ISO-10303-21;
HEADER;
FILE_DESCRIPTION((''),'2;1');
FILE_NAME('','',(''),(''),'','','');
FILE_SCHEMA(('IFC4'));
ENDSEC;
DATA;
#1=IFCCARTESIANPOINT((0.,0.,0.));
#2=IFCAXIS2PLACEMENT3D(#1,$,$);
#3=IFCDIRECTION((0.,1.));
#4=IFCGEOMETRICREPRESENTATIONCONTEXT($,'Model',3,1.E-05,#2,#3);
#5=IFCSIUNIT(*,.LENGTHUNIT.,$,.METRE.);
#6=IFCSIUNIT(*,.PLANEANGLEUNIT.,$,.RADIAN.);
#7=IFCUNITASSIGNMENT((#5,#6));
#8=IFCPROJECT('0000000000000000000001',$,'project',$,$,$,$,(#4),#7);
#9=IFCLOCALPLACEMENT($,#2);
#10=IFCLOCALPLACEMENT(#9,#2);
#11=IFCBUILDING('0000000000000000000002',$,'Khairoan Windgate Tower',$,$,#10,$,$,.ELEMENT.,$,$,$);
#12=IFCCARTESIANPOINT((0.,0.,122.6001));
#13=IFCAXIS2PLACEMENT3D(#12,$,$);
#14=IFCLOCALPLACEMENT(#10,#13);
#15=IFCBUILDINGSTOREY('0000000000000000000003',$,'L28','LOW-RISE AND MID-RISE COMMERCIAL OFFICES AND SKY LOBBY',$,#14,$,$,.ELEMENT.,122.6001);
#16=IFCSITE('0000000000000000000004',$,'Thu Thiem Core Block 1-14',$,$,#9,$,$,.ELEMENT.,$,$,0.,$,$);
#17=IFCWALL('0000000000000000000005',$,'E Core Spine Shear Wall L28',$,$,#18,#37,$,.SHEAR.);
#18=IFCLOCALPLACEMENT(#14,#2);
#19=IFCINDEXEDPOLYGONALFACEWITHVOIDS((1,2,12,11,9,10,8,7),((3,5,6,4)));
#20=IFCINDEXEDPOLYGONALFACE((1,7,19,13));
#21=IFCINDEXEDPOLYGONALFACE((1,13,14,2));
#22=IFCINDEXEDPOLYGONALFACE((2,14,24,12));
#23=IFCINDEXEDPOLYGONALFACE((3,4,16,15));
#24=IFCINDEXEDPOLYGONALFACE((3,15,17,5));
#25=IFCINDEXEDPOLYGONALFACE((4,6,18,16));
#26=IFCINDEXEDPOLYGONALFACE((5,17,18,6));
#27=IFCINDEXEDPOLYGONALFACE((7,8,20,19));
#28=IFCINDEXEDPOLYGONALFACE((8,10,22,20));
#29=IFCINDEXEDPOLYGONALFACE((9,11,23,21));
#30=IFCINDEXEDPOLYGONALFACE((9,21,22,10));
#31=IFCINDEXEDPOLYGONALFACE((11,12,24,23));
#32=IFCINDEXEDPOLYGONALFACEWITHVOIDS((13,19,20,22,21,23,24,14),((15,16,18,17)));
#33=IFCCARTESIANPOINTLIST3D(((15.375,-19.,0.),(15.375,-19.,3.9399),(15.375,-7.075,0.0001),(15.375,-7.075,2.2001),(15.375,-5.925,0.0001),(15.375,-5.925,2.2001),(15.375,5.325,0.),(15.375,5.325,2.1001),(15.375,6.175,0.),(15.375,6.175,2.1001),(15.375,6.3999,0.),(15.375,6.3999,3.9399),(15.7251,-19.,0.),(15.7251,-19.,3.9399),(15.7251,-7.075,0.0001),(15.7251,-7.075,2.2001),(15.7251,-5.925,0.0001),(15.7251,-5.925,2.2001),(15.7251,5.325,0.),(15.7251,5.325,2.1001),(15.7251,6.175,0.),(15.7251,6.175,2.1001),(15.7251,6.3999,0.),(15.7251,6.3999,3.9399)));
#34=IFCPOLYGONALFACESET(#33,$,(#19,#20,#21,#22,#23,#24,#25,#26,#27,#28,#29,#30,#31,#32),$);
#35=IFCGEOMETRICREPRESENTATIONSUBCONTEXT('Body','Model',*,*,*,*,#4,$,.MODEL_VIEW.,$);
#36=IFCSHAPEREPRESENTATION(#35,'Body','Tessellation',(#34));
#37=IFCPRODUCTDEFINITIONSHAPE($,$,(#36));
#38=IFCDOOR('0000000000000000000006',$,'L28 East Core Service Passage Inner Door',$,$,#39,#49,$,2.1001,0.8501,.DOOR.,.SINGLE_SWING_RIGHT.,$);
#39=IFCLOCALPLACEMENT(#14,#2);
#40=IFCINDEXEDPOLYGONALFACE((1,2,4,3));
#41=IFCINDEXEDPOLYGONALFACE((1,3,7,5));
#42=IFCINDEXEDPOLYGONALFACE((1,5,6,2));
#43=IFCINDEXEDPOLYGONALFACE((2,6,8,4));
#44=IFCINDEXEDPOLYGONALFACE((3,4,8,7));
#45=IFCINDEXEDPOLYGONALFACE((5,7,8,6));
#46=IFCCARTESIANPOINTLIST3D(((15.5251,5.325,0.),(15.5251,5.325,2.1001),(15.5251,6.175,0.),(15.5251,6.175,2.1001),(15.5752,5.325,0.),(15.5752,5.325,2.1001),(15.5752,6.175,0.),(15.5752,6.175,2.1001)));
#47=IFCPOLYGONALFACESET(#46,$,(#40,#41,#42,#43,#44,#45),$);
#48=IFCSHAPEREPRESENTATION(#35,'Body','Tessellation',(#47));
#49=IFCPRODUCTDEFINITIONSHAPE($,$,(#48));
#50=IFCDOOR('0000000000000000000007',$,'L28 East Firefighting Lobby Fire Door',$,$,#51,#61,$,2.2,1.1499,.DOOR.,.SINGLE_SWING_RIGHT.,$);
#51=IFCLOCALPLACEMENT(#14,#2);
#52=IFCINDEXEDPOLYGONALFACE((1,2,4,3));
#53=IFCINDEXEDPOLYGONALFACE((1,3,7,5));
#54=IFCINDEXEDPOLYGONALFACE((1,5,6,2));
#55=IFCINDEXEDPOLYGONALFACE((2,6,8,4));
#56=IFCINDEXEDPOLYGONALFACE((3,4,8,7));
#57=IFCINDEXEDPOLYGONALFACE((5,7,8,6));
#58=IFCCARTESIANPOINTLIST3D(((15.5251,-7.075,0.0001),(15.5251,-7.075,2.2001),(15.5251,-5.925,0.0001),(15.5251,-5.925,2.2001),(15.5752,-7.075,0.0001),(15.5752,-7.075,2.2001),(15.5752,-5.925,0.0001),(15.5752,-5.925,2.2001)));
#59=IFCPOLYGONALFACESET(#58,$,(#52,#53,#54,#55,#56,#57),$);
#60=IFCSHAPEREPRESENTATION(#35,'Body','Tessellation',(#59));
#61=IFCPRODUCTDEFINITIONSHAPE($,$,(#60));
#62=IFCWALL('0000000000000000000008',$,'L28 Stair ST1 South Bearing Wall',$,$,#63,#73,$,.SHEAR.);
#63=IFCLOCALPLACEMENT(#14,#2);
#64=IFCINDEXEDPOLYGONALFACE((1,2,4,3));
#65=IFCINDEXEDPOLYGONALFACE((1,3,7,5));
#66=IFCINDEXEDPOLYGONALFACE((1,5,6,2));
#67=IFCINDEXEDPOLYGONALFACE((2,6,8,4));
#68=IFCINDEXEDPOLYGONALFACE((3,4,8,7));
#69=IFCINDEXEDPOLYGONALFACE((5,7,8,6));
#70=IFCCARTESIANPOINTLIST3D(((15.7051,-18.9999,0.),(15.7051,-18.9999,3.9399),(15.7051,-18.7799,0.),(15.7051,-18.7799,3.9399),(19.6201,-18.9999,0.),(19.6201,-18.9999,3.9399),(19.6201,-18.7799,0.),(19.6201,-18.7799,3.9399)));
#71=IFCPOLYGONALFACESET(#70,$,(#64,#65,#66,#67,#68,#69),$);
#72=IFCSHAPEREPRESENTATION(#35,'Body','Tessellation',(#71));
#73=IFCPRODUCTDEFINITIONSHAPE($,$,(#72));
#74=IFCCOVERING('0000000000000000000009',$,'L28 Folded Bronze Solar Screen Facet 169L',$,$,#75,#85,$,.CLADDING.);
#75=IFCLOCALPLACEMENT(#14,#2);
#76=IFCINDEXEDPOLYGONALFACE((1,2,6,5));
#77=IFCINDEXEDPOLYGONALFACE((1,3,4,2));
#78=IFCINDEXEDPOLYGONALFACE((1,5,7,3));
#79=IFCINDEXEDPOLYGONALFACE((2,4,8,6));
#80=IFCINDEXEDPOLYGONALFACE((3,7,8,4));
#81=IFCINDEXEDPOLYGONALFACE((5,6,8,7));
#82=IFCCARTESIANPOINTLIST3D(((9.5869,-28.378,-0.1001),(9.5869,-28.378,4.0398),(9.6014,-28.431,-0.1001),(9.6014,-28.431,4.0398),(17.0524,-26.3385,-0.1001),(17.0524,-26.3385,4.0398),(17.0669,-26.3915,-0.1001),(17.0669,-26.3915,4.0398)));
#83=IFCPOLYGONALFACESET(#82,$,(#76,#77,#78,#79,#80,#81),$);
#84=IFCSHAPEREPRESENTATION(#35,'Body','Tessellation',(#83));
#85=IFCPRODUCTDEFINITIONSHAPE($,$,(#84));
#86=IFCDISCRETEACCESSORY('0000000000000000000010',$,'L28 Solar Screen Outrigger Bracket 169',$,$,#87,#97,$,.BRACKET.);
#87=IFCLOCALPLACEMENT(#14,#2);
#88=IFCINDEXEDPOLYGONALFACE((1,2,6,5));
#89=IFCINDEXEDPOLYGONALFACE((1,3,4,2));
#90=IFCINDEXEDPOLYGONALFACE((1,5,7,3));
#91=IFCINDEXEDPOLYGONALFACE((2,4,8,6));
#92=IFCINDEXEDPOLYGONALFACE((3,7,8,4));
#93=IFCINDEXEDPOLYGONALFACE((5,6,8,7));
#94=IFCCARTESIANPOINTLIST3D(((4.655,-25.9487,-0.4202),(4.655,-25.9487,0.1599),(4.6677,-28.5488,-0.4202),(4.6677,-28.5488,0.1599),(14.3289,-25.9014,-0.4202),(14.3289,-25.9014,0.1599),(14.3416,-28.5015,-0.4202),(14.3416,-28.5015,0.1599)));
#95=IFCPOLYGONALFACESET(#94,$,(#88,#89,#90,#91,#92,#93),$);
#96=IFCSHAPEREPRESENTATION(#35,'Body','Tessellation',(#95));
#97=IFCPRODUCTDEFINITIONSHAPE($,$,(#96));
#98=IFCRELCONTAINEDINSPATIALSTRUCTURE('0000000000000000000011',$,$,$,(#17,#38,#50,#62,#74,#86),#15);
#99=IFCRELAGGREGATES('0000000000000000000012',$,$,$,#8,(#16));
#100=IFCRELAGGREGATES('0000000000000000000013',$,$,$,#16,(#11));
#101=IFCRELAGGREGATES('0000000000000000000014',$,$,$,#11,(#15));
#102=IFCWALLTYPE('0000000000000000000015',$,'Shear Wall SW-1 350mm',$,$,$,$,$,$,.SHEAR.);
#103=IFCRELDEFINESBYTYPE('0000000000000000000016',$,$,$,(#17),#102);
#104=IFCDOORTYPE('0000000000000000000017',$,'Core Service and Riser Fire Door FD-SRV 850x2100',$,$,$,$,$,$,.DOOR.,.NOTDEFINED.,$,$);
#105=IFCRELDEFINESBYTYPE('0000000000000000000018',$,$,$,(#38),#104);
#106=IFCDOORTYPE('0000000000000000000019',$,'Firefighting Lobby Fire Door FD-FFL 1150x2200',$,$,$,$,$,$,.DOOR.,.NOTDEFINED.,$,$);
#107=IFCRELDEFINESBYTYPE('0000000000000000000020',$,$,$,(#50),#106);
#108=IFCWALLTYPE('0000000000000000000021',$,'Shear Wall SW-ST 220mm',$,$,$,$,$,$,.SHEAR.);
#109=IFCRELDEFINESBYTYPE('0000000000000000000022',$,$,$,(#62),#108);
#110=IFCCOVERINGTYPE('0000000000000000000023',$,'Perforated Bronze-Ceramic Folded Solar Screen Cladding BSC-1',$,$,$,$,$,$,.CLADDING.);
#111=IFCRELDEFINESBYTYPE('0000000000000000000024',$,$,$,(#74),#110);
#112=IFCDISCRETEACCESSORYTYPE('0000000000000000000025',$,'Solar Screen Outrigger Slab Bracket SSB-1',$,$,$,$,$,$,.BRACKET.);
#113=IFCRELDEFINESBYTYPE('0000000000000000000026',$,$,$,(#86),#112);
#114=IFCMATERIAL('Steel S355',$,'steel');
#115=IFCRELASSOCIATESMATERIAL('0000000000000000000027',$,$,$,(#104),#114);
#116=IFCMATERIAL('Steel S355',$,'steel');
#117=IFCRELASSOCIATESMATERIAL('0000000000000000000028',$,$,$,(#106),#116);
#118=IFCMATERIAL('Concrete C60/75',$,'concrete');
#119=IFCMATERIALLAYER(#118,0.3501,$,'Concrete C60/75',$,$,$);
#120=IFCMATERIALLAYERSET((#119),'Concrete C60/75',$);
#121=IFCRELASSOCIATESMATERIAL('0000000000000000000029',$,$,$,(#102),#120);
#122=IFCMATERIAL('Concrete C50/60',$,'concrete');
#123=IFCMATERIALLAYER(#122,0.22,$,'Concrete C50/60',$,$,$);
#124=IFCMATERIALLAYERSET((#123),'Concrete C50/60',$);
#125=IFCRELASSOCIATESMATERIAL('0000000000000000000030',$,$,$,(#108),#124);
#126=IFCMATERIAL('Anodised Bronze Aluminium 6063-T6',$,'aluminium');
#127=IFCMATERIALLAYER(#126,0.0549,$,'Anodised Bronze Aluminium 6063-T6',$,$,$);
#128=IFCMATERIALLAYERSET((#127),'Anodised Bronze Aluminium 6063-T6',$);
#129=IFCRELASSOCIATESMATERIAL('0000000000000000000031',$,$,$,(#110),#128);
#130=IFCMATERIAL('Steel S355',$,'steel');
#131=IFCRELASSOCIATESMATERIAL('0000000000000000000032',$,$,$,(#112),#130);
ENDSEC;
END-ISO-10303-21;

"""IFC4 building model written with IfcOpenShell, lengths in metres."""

from ifc_helpers import new_model, si_unit, direction, frame, frame_2d, origin, origin_2d, place, context, subcontext, project, spatial, rectangle, extrude, material, layer, layer_set, type_object, element, fill, save


model = new_model("IFC4")

# Units and contexts
model_context = context("Model", 3, precision=1e-05, world=origin(), true_north=direction((0.0, 1.0)))
body_context = subcontext(model_context, "Body", "Model", "MODEL_VIEW")
ifc_project = project(units=[si_unit("LENGTHUNIT", "METRE"), si_unit("PLANEANGLEUNIT", "RADIAN")], contexts=[model_context])

# Site, building, storey
site_placement = place(None, origin())
site = spatial("IfcSite", under=ifc_project, at=site_placement, Name="Thu Thiem Core Block 1-14", CompositionType="ELEMENT", RefElevation=0.0)
building_placement = place(site_placement, origin())
building = spatial("IfcBuilding", under=site, at=building_placement, Name="Khairoan Windgate Tower", CompositionType="ELEMENT")
storey_placement = place(building_placement, frame((0.0, 0.0, 122.6001)))
storey = spatial("IfcBuildingStorey", under=building, at=storey_placement, Name="L28", Description="LOW-RISE AND MID-RISE COMMERCIAL OFFICES AND SKY LOBBY", CompositionType="ELEMENT", Elevation=122.6001)

# Shared definitions
ifc_material_1 = material(Name="Steel S355", Category="steel")
door_type_1 = type_object("IfcDoorType", Name="Core Service and Riser Fire Door FD-SRV 850x2100", OperationType="NOTDEFINED", PredefinedType="DOOR", material=ifc_material_1)

# Shared definitions
ifc_material_2 = material(Name="Steel S355", Category="steel")
door_type_2 = type_object("IfcDoorType", Name="Firefighting Lobby Fire Door FD-FFL 1150x2200", OperationType="NOTDEFINED", PredefinedType="DOOR", material=ifc_material_2)

# Wall, openings, doors
ifc_material_3 = material(Name="Concrete C60/75", Category="concrete")
ifc_layer_1 = layer(ifc_material_3, 0.3501, Name="Concrete C60/75")
ifc_layer_set_1 = layer_set([ifc_layer_1], Name="Concrete C60/75")
wall_type_1 = type_object("IfcWallType", Name="Shear Wall SW-1 350mm", PredefinedType="SHEAR", material=ifc_layer_set_1)
wall_1_placement = place(storey_placement, frame((15.55, -19.0, 0.0), z_axis=(0.0, 0.0, 1.0), x_axis=(0.0, 1.0, 0.0)))
wall_1 = element("IfcWall", 1, at=wall_1_placement, inside=storey, type_object=wall_type_1, Name="E Core Spine Shear Wall L28", PredefinedType="SHEAR", context=body_context, shape_type="SweptSolid", body=[
    extrude(rectangle(XDim=25.3999, YDim=0.3501, at=frame_2d((12.7, 0.0))), origin(), (0.0, 0.0, 1.0), 3.9399),
])
opening_1_placement = place(wall_1_placement, frame((11.925, 0.0, 0.0)))
opening_1 = element("IfcOpeningElement", 2, at=opening_1_placement, cuts=wall_1, PredefinedType="OPENING", context=body_context, shape_type="SweptSolid", body=[
    extrude(rectangle(XDim=1.1499, YDim=2.2, at=frame_2d((0.575, 1.1001))), frame((0.0, 0.1851, 0.0), z_axis=(0.0, -1.0, 0.0), x_axis=(1.0, 0.0, 0.0)), (0.0, 0.0, 1.0), 0.3701),
])
opening_2_placement = place(wall_1_placement, frame((24.325, 0.0, 0.0)))
opening_2 = element("IfcOpeningElement", 3, at=opening_2_placement, cuts=wall_1, PredefinedType="OPENING", context=body_context, shape_type="SweptSolid", body=[
    extrude(rectangle(XDim=0.8501, YDim=2.1001, at=frame_2d((0.425, 1.05))), frame((0.0, 0.1851, 0.0), z_axis=(0.0, -1.0, 0.0), x_axis=(1.0, 0.0, 0.0)), (0.0, 0.0, 1.0), 0.3701),
])
door_1_placement = place(opening_2_placement, origin())
door_1 = element("IfcDoor", 4, at=door_1_placement, inside=storey, type_object=door_type_1, Name="L28 East Core Service Passage Inner Door", OperationType="SINGLE_SWING_RIGHT", OverallHeight=2.1001, OverallWidth=0.8501, PredefinedType="DOOR", context=body_context, shape_type="SweptSolid", body=[
    extrude(rectangle(XDim=0.8501, YDim=2.1001, at=frame_2d((0.425, 1.05))), frame((0.0, 0.0249, 0.0), z_axis=(0.0, -1.0, 0.0), x_axis=(1.0, 0.0, 0.0)), (0.0, 0.0, 1.0), 0.05),
])
fill(opening_2, door_1)
door_2_placement = place(opening_1_placement, origin())
door_2 = element("IfcDoor", 5, at=door_2_placement, inside=storey, type_object=door_type_2, Name="L28 East Firefighting Lobby Fire Door", OperationType="SINGLE_SWING_RIGHT", OverallHeight=2.2, OverallWidth=1.1499, PredefinedType="DOOR", context=body_context, shape_type="SweptSolid", body=[
    extrude(rectangle(XDim=1.1499, YDim=2.2, at=frame_2d((0.575, 1.1001))), frame((0.0, 0.0249, 0.0), z_axis=(0.0, -1.0, 0.0), x_axis=(1.0, 0.0, 0.0)), (0.0, 0.0, 1.0), 0.05),
])
fill(opening_1, door_2)

# Wall
ifc_material_4 = material(Name="Concrete C50/60", Category="concrete")
ifc_layer_2 = layer(ifc_material_4, 0.22, Name="Concrete C50/60")
ifc_layer_set_2 = layer_set([ifc_layer_2], Name="Concrete C50/60")
wall_type_2 = type_object("IfcWallType", Name="Shear Wall SW-ST 220mm", PredefinedType="SHEAR", material=ifc_layer_set_2)
wall_2_placement = place(storey_placement, frame((15.7051, -18.8899, 0.0), z_axis=(0.0, 0.0, 1.0), x_axis=(1.0, 0.0, 0.0)))
element("IfcWall", 6, at=wall_2_placement, inside=storey, type_object=wall_type_2, Name="L28 Stair ST1 South Bearing Wall", PredefinedType="SHEAR", context=body_context, shape_type="SweptSolid", body=[
    extrude(rectangle(XDim=3.915, YDim=0.22, at=frame_2d((1.9575, 0.0))), origin(), (0.0, 0.0, 1.0), 3.9399),
])

# Covering
ifc_material_5 = material(Name="Anodised Bronze Aluminium 6063-T6", Category="aluminium")
ifc_layer_3 = layer(ifc_material_5, 0.0549, Name="Anodised Bronze Aluminium 6063-T6")
ifc_layer_set_3 = layer_set([ifc_layer_3], Name="Anodised Bronze Aluminium 6063-T6")
covering_type = type_object("IfcCoveringType", Name="Perforated Bronze-Ceramic Folded Solar Screen Cladding BSC-1", PredefinedType="CLADDING", material=ifc_layer_set_3)
covering_placement = place(storey_placement, frame((13.3269, -27.3848, -0.1001), z_axis=(0.0, 0.0, 1.0), x_axis=(-0.964649, -0.263536, 0.0)))
element("IfcCovering", 7, at=covering_placement, inside=storey, type_object=covering_type, Name="L28 Folded Bronze Solar Screen Facet 169L", PredefinedType="CLADDING", context=body_context, shape_type="SweptSolid", body=[
    extrude(rectangle(XDim=7.739, YDim=0.0549, at=origin_2d()), origin(), (0.0, 0.0, 1.0), 4.1399),
])

# Discrete accessory
ifc_material_6 = material(Name="Steel S355", Category="steel")
discrete_accessory_type = type_object("IfcDiscreteAccessoryType", Name="Solar Screen Outrigger Slab Bracket SSB-1", PredefinedType="BRACKET", material=ifc_material_6)
discrete_accessory_placement = place(storey_placement, frame((9.4983, -27.2251, -0.4202), z_axis=(0.0, 0.0, 1.0), x_axis=(-0.999988, -0.004887, 0.0)))
element("IfcDiscreteAccessory", 8, at=discrete_accessory_placement, inside=storey, type_object=discrete_accessory_type, Name="L28 Solar Screen Outrigger Bracket 169", PredefinedType="BRACKET", context=body_context, shape_type="SweptSolid", body=[
    extrude(rectangle(XDim=9.6741, YDim=2.6001, at=origin_2d()), origin(), (0.0, 0.0, 1.0), 0.5801),
])

save(model, "model.ifc")
